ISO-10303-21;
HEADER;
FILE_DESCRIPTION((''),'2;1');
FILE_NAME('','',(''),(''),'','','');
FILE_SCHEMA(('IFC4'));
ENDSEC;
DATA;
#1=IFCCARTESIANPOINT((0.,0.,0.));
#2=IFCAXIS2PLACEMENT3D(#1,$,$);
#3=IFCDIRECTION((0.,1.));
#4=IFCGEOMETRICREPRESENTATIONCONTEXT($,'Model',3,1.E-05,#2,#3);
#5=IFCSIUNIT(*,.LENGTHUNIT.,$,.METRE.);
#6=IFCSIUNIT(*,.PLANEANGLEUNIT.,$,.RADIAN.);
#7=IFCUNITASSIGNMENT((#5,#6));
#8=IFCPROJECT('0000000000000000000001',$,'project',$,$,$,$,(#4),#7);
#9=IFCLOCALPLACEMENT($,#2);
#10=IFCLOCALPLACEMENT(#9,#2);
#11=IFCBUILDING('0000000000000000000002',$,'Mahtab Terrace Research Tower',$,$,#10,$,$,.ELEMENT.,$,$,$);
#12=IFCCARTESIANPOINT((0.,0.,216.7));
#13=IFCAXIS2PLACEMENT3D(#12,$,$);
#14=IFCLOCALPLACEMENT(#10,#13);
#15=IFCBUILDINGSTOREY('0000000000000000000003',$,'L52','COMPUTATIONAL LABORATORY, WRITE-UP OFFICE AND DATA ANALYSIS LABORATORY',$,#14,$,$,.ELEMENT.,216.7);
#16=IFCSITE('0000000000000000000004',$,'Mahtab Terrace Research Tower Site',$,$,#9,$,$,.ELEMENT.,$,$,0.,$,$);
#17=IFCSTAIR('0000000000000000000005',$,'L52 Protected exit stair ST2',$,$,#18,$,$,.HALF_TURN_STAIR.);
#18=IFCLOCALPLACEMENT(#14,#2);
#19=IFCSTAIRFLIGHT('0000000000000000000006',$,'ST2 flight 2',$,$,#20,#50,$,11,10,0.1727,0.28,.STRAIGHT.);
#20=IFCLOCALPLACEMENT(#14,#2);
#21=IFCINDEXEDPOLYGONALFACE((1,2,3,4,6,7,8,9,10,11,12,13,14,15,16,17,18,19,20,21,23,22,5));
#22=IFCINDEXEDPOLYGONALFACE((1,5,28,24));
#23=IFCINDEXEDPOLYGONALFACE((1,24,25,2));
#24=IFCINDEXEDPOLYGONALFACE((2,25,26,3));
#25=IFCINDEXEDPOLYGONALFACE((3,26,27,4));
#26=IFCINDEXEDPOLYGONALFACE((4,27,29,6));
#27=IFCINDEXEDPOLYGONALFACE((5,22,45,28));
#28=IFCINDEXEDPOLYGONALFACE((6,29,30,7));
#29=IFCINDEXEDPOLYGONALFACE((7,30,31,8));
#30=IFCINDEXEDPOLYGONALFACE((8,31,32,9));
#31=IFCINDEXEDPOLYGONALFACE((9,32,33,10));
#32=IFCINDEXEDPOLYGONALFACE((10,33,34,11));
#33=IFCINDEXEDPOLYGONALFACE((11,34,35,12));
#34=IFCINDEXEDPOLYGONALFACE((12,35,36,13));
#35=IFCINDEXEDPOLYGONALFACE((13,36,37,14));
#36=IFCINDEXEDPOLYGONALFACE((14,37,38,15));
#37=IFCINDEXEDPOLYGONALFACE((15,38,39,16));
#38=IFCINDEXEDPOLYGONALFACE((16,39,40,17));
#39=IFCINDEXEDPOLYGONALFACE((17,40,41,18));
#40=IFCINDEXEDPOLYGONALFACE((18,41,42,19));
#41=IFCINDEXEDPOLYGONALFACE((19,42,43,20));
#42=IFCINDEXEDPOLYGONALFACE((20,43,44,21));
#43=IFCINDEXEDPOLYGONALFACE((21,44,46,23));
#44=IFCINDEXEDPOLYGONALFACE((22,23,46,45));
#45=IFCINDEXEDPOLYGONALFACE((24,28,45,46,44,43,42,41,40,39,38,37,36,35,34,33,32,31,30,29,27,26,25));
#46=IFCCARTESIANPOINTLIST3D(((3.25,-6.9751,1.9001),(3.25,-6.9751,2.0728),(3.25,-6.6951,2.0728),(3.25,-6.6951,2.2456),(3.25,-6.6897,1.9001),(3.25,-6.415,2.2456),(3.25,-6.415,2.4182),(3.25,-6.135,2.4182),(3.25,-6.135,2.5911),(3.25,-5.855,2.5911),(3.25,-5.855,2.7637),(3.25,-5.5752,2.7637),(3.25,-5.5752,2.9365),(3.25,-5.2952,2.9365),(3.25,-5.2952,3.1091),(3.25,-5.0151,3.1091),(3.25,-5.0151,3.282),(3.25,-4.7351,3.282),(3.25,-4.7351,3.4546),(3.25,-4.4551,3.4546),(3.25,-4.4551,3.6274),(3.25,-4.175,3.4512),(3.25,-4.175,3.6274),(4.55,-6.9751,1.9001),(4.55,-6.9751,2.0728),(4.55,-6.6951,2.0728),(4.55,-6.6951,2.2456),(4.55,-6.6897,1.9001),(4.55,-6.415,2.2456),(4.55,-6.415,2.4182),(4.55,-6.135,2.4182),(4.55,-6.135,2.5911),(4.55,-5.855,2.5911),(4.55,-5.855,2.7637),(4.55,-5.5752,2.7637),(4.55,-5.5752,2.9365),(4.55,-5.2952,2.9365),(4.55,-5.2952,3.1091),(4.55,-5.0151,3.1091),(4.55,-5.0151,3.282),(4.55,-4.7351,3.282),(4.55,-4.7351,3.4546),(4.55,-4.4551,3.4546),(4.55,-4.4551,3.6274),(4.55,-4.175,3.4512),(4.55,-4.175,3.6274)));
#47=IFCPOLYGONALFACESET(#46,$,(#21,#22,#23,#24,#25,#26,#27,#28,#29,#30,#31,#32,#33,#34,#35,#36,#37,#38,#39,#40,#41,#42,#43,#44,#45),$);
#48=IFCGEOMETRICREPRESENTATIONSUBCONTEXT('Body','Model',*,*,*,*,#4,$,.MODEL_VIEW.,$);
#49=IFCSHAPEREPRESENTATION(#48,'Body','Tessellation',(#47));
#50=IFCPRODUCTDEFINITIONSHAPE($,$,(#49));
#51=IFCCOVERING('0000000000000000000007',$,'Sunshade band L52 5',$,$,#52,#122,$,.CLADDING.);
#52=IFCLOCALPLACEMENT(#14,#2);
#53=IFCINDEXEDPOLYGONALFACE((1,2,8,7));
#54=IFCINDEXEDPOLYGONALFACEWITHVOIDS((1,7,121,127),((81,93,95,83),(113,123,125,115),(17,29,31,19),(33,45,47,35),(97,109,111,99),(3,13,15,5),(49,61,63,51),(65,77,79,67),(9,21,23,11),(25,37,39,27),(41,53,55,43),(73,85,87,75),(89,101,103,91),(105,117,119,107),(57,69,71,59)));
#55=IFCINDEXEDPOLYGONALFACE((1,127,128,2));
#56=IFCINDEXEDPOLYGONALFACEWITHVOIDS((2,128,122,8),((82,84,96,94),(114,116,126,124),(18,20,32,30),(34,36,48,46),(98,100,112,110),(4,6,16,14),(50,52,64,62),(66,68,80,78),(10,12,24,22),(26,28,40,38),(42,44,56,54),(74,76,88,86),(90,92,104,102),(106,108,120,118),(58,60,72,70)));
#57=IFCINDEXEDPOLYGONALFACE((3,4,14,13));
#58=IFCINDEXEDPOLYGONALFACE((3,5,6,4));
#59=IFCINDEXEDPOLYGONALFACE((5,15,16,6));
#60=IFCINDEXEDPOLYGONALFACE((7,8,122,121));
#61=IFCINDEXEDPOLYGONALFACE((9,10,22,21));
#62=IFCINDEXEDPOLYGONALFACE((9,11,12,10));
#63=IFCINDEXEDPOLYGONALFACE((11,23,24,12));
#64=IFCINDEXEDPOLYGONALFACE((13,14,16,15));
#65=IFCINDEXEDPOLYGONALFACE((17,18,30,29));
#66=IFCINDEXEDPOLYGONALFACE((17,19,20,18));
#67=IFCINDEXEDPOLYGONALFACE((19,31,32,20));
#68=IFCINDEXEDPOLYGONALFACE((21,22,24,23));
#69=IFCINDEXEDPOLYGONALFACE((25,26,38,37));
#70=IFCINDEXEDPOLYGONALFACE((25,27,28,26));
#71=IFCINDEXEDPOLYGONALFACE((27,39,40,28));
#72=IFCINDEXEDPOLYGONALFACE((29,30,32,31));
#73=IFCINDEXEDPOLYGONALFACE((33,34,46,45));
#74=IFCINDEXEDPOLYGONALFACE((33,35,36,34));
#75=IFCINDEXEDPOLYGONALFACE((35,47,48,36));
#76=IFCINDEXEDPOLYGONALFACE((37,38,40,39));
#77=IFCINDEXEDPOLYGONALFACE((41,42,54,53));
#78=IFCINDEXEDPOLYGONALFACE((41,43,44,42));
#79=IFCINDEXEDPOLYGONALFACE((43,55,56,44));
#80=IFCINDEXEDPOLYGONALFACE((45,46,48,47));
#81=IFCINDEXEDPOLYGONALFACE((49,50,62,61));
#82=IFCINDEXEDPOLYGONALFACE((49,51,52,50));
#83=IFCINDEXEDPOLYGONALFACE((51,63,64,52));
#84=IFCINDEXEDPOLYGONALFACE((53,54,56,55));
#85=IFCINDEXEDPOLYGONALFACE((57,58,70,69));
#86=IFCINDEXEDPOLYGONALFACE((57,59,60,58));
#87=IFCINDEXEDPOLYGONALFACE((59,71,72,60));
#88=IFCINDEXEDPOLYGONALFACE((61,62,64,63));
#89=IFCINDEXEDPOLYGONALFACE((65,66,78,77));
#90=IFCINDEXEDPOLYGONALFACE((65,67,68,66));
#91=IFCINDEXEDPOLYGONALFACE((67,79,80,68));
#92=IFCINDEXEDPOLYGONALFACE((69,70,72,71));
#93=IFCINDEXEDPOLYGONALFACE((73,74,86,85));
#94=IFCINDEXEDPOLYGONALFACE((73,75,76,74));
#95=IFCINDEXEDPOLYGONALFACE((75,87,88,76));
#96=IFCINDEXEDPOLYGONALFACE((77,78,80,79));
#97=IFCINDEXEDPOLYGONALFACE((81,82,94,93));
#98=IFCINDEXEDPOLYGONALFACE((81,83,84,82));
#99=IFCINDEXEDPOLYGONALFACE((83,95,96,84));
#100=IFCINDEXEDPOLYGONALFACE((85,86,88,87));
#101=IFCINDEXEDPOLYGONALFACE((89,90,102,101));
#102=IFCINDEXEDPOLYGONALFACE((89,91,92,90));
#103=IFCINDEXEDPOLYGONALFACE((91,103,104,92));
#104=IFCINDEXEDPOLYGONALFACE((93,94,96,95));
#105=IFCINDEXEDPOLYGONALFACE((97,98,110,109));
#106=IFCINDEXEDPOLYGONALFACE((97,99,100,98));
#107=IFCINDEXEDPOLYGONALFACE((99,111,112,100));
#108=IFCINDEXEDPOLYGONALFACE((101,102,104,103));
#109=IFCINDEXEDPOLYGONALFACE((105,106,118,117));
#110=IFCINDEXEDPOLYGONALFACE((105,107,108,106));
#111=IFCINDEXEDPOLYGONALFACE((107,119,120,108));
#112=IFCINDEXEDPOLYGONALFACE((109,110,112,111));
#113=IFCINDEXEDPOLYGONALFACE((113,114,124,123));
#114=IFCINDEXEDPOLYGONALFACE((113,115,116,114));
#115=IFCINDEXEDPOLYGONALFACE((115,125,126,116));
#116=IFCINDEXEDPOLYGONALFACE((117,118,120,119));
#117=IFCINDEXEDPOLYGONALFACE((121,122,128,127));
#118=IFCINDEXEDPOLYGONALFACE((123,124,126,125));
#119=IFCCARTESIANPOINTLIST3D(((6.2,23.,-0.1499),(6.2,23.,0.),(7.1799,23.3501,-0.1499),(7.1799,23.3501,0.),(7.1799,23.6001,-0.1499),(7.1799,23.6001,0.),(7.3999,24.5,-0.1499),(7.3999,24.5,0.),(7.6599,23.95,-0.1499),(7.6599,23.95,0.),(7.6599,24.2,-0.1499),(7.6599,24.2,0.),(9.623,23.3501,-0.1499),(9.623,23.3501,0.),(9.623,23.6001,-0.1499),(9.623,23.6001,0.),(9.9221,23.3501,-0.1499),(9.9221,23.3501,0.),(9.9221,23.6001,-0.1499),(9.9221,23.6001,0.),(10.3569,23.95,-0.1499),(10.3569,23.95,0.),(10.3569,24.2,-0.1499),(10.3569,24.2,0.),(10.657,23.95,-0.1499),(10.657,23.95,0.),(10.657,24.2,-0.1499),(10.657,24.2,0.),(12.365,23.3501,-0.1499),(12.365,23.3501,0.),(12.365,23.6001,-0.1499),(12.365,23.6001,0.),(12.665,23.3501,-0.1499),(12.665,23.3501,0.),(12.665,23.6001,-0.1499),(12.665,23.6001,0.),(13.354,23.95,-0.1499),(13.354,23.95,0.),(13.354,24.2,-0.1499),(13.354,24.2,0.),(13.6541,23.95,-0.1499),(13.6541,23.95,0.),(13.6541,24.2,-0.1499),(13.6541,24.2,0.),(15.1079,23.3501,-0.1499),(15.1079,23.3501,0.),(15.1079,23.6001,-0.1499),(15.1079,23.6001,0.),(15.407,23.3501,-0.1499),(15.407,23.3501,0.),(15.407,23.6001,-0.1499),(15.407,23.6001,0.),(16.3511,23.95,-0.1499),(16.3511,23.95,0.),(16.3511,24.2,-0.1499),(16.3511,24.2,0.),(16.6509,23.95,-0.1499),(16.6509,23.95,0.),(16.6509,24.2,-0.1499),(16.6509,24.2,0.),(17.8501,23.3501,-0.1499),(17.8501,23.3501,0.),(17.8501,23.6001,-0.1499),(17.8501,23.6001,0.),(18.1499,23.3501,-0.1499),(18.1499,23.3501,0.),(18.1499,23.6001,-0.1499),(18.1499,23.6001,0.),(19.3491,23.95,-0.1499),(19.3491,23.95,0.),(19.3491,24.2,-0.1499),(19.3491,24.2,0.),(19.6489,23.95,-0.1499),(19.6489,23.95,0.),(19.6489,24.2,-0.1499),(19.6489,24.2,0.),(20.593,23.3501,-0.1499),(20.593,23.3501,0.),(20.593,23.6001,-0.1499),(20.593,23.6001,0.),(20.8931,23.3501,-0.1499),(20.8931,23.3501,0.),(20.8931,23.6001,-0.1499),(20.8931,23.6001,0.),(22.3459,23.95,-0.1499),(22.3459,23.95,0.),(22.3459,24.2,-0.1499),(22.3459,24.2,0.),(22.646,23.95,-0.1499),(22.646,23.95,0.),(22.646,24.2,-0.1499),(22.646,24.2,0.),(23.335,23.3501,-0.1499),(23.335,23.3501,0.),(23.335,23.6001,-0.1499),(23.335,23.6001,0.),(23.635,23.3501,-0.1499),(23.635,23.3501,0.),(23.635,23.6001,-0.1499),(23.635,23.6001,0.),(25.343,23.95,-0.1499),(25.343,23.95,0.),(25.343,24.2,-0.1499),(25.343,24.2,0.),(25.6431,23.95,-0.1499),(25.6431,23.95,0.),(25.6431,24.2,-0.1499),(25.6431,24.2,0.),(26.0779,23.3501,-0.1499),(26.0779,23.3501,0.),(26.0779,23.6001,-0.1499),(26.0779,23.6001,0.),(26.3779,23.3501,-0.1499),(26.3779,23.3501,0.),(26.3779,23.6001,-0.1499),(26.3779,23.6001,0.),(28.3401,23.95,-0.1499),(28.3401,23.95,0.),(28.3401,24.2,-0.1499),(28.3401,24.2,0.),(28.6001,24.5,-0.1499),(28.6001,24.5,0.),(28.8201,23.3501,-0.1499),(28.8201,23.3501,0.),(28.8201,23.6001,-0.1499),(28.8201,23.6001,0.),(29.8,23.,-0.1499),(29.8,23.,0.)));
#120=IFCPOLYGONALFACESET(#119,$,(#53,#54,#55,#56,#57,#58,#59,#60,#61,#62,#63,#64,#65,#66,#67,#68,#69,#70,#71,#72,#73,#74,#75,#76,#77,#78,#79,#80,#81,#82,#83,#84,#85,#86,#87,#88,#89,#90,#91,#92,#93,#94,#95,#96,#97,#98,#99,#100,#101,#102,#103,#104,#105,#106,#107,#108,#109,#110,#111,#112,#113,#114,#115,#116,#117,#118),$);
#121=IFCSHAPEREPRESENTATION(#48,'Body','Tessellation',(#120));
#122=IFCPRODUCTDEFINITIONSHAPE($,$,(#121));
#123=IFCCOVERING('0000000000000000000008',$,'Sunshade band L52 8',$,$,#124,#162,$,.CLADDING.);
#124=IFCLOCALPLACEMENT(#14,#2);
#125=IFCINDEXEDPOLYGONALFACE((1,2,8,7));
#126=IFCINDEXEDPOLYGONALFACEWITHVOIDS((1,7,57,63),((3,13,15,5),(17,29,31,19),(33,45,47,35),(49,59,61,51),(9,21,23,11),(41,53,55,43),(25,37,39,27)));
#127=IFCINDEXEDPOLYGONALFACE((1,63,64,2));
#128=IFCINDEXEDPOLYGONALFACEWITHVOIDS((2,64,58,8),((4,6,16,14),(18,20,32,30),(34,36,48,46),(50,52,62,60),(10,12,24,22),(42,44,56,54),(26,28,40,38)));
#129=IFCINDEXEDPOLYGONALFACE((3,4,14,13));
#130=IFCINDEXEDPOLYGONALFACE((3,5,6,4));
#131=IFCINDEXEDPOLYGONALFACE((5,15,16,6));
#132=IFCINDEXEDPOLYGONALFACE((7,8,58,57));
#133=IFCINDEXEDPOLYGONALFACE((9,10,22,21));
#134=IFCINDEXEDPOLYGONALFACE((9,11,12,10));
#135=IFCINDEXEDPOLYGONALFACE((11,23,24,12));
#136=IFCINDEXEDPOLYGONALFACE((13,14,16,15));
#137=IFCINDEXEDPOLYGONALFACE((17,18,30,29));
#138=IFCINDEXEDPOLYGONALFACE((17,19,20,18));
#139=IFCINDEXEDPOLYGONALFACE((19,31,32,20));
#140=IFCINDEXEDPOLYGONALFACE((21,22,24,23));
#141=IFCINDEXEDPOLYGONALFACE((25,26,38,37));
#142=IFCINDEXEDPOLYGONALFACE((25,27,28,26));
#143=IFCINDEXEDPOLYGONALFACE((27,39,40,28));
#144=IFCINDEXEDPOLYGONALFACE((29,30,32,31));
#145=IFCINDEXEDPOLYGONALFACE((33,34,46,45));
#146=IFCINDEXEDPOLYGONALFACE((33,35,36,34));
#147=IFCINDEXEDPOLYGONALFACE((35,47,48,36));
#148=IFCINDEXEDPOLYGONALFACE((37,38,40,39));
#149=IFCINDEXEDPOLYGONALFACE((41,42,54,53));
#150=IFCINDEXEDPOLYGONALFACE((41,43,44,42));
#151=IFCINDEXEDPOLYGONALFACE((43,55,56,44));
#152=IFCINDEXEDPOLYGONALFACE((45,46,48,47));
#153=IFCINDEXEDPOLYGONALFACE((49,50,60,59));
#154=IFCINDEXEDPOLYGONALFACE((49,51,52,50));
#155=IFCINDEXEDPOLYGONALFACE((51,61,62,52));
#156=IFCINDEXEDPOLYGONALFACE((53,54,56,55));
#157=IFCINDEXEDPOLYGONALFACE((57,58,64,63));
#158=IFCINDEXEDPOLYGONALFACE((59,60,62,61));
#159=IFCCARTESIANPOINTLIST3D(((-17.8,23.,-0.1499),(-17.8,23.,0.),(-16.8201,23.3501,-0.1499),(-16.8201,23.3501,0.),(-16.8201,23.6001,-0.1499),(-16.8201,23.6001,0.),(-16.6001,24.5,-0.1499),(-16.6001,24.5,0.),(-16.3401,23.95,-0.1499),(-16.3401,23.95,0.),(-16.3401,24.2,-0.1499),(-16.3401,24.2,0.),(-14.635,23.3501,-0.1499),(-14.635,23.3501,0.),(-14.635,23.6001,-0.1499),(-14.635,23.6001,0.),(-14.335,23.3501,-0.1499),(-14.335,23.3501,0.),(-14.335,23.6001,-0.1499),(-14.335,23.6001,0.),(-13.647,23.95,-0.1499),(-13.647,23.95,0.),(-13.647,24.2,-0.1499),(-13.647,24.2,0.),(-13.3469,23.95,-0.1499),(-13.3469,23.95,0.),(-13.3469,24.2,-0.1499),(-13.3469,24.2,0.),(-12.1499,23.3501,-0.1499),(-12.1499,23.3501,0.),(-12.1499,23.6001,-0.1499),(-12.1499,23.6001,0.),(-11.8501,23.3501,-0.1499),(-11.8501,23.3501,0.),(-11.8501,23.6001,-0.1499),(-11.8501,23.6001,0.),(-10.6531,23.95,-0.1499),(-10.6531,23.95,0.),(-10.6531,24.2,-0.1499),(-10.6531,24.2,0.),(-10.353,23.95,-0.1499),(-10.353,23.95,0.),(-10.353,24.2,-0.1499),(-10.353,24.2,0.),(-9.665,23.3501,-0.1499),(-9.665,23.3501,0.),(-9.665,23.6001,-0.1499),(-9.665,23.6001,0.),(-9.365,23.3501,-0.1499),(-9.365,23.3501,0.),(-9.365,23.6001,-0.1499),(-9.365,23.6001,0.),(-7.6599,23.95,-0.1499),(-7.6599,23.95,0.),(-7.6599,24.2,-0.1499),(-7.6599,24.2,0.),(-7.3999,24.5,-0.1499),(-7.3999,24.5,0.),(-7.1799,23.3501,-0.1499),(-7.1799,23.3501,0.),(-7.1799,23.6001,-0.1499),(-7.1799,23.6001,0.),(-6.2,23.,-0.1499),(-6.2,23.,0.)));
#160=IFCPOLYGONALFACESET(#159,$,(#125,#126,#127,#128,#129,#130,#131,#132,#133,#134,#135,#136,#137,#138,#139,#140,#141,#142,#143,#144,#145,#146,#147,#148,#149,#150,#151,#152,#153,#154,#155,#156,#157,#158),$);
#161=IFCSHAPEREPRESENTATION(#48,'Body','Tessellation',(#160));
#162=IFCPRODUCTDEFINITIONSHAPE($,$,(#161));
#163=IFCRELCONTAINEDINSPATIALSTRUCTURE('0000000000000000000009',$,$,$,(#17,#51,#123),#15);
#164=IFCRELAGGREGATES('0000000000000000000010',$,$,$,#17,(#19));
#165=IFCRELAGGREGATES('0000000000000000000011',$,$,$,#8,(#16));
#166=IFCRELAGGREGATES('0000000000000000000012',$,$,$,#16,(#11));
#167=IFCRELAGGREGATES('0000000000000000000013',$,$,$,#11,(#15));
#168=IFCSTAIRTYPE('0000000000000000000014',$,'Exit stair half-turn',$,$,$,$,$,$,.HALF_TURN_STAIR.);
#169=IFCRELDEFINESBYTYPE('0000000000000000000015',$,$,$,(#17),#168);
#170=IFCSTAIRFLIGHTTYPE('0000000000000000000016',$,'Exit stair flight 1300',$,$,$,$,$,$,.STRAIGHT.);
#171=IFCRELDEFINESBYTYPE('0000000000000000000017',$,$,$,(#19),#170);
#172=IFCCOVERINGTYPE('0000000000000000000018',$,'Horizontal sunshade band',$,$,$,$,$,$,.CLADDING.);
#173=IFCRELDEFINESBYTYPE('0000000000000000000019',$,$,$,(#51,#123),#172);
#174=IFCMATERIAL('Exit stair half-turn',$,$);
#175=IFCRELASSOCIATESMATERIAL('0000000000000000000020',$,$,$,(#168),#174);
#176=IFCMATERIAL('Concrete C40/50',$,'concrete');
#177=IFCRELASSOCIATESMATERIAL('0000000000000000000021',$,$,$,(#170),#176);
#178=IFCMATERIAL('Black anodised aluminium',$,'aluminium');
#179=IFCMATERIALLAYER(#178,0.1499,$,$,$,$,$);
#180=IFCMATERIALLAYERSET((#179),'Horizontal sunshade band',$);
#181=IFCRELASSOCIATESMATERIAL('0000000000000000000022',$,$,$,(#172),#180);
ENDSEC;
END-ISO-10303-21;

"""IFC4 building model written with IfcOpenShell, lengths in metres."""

from ifc_helpers import new_model, si_unit, direction, frame, origin, place, context, subcontext, project, spatial, polyline, outline, extrude, material, layer, layer_set, type_object, element, aggregate, save


model = new_model("IFC4")

# Units and contexts
model_context = context("Model", 3, precision=1e-05, world=origin(), true_north=direction((0.0, 1.0)))
body_context = subcontext(model_context, "Body", "Model", "MODEL_VIEW")
ifc_project = project(units=[si_unit("LENGTHUNIT", "METRE"), si_unit("PLANEANGLEUNIT", "RADIAN")], contexts=[model_context])

# Site, building, storey
site_placement = place(None, origin())
site = spatial("IfcSite", under=ifc_project, at=site_placement, Name="Mahtab Terrace Research Tower Site", CompositionType="ELEMENT", RefElevation=0.0)
building_placement = place(site_placement, origin())
building = spatial("IfcBuilding", under=site, at=building_placement, Name="Mahtab Terrace Research Tower", CompositionType="ELEMENT")
storey_placement = place(building_placement, frame((0.0, 0.0, 216.7)))
storey = spatial("IfcBuildingStorey", under=building, at=storey_placement, Name="L52", Description="COMPUTATIONAL LABORATORY, WRITE-UP OFFICE AND DATA ANALYSIS LABORATORY", CompositionType="ELEMENT", Elevation=216.7)

# Shared definitions
ifc_material_1 = material(Name="Concrete C40/50", Category="concrete")

# Stair, stair flight
ifc_material_2 = material(Name="Exit stair half-turn")
stair_type = type_object("IfcStairType", Name="Exit stair half-turn", PredefinedType="HALF_TURN_STAIR", material=ifc_material_2)
stair_placement = place(storey_placement, origin())
stair = element("IfcStair", 1, at=stair_placement, inside=storey, type_object=stair_type, Name="L52 Protected exit stair ST2", PredefinedType="HALF_TURN_STAIR")
stair_flight_type = type_object("IfcStairFlightType", Name="Exit stair flight 1300", PredefinedType="STRAIGHT", material=ifc_material_1)
stair_flight_1_placement = place(storey_placement, frame((3.8999, -6.9751, 1.9001), z_axis=(0.0, 0.0, 1.0), x_axis=(0.0, 1.0, 0.0)))
stair_flight_1 = element("IfcStairFlight", 2, at=stair_flight_1_placement, type_object=stair_flight_type, Name="ST2 flight 2", NumberOfRisers=11, NumberOfTreads=10, PredefinedType="STRAIGHT", RiserHeight=0.1727, TreadLength=0.28, context=body_context, shape_type="SweptSolid", body=[
    extrude(outline(polyline([(0.0, 0.0), (0.0, 0.1726), (0.28, 0.1726), (0.28, 0.3455), (0.5601, 0.3455), (0.5601, 0.5181), (0.8401, 0.5181), (0.8401, 0.6909), (1.1201, 0.6909), (1.1201, 0.8635), (1.3999, 0.8635), (1.3999, 1.0364), (1.6799, 1.0364), (1.6799, 1.209), (1.96, 1.209), (1.96, 1.3818), (2.24, 1.3818), (2.24, 1.5544), (2.52, 1.5544), (2.52, 1.7273), (2.8, 1.7273), (2.8, 1.8999), (2.8, 1.551), (0.2854, 0.0), (0.0, 0.0)])), frame((0.0, 0.6499, 0.0), z_axis=(0.0, -1.0, 0.0), x_axis=(1.0, 0.0, 0.0)), (0.0, 0.0, 1.0), 1.3),
])
aggregate(stair, [stair_flight_1])

# Coverings
ifc_material_3 = material(Name="Black anodised aluminium", Category="aluminium")
ifc_layer_1 = layer(ifc_material_3, 0.1499)
ifc_layer_set_1 = layer_set([ifc_layer_1], Name="Horizontal sunshade band")
covering_type = type_object("IfcCoveringType", Name="Horizontal sunshade band", PredefinedType="CLADDING", material=ifc_layer_set_1)
covering_1_placement = place(storey_placement, frame((0.0, 0.0, -0.1499)))
element("IfcCovering", 3, at=covering_1_placement, inside=storey, type_object=covering_type, Name="Sunshade band L52 5", PredefinedType="CLADDING", context=body_context, shape_type="SweptSolid", body=[
    extrude(outline(polyline([(29.8, 23.0), (6.2, 23.0), (7.3999, 24.5), (28.6001, 24.5), (29.8, 23.0)]), holes=[polyline([(28.8201, 23.3501), (26.3779, 23.3501), (26.3779, 23.6001), (28.8201, 23.6001), (28.8201, 23.3501)]), polyline([(26.0779, 23.3501), (23.635, 23.3501), (23.635, 23.6001), (26.0779, 23.6001), (26.0779, 23.3501)]), polyline([(23.335, 23.3501), (20.8931, 23.3501), (20.8931, 23.6001), (23.335, 23.6001), (23.335, 23.3501)]), polyline([(20.593, 23.3501), (18.1499, 23.3501), (18.1499, 23.6001), (20.593, 23.6001), (20.593, 23.3501)]), polyline([(17.8501, 23.3501), (15.407, 23.3501), (15.407, 23.6001), (17.8501, 23.6001), (17.8501, 23.3501)]), polyline([(15.1079, 23.3501), (12.665, 23.3501), (12.665, 23.6001), (15.1079, 23.6001), (15.1079, 23.3501)]), polyline([(12.365, 23.3501), (9.9221, 23.3501), (9.9221, 23.6001), (12.365, 23.6001), (12.365, 23.3501)]), polyline([(9.623, 23.3501), (7.1799, 23.3501), (7.1799, 23.6001), (9.623, 23.6001), (9.623, 23.3501)]), polyline([(28.3401, 23.95), (25.6431, 23.95), (25.6431, 24.2), (28.3401, 24.2), (28.3401, 23.95)]), polyline([(25.343, 23.95), (22.646, 23.95), (22.646, 24.2), (25.343, 24.2), (25.343, 23.95)]), polyline([(22.3459, 23.95), (19.6489, 23.95), (19.6489, 24.2), (22.3459, 24.2), (22.3459, 23.95)]), polyline([(19.3491, 23.95), (16.6509, 23.95), (16.6509, 24.2), (19.3491, 24.2), (19.3491, 23.95)]), polyline([(16.3511, 23.95), (13.6541, 23.95), (13.6541, 24.2), (16.3511, 24.2), (16.3511, 23.95)]), polyline([(13.354, 23.95), (10.657, 23.95), (10.657, 24.2), (13.354, 24.2), (13.354, 23.95)]), polyline([(10.3569, 23.95), (7.6599, 23.95), (7.6599, 24.2), (10.3569, 24.2), (10.3569, 23.95)])]), origin(), (0.0, 0.0, 1.0), 0.1499),
])
covering_2_placement = place(storey_placement, frame((0.0, 0.0, -0.1499)))
element("IfcCovering", 4, at=covering_2_placement, inside=storey, type_object=covering_type, Name="Sunshade band L52 8", PredefinedType="CLADDING", context=body_context, shape_type="SweptSolid", body=[
    extrude(outline(polyline([(-6.2, 23.0), (-17.8, 23.0), (-16.6001, 24.5), (-7.3999, 24.5), (-6.2, 23.0)]), holes=[polyline([(-7.1799, 23.3501), (-9.365, 23.3501), (-9.365, 23.6001), (-7.1799, 23.6001), (-7.1799, 23.3501)]), polyline([(-9.665, 23.3501), (-11.8501, 23.3501), (-11.8501, 23.6001), (-9.665, 23.6001), (-9.665, 23.3501)]), polyline([(-12.1499, 23.3501), (-14.335, 23.3501), (-14.335, 23.6001), (-12.1499, 23.6001), (-12.1499, 23.3501)]), polyline([(-14.635, 23.3501), (-16.8201, 23.3501), (-16.8201, 23.6001), (-14.635, 23.6001), (-14.635, 23.3501)]), polyline([(-7.6599, 23.95), (-10.353, 23.95), (-10.353, 24.2), (-7.6599, 24.2), (-7.6599, 23.95)]), polyline([(-10.6531, 23.95), (-13.3469, 23.95), (-13.3469, 24.2), (-10.6531, 24.2), (-10.6531, 23.95)]), polyline([(-13.647, 23.95), (-16.3401, 23.95), (-16.3401, 24.2), (-13.647, 24.2), (-13.647, 23.95)])]), origin(), (0.0, 0.0, 1.0), 0.1499),
])

save(model, "model.ifc")
